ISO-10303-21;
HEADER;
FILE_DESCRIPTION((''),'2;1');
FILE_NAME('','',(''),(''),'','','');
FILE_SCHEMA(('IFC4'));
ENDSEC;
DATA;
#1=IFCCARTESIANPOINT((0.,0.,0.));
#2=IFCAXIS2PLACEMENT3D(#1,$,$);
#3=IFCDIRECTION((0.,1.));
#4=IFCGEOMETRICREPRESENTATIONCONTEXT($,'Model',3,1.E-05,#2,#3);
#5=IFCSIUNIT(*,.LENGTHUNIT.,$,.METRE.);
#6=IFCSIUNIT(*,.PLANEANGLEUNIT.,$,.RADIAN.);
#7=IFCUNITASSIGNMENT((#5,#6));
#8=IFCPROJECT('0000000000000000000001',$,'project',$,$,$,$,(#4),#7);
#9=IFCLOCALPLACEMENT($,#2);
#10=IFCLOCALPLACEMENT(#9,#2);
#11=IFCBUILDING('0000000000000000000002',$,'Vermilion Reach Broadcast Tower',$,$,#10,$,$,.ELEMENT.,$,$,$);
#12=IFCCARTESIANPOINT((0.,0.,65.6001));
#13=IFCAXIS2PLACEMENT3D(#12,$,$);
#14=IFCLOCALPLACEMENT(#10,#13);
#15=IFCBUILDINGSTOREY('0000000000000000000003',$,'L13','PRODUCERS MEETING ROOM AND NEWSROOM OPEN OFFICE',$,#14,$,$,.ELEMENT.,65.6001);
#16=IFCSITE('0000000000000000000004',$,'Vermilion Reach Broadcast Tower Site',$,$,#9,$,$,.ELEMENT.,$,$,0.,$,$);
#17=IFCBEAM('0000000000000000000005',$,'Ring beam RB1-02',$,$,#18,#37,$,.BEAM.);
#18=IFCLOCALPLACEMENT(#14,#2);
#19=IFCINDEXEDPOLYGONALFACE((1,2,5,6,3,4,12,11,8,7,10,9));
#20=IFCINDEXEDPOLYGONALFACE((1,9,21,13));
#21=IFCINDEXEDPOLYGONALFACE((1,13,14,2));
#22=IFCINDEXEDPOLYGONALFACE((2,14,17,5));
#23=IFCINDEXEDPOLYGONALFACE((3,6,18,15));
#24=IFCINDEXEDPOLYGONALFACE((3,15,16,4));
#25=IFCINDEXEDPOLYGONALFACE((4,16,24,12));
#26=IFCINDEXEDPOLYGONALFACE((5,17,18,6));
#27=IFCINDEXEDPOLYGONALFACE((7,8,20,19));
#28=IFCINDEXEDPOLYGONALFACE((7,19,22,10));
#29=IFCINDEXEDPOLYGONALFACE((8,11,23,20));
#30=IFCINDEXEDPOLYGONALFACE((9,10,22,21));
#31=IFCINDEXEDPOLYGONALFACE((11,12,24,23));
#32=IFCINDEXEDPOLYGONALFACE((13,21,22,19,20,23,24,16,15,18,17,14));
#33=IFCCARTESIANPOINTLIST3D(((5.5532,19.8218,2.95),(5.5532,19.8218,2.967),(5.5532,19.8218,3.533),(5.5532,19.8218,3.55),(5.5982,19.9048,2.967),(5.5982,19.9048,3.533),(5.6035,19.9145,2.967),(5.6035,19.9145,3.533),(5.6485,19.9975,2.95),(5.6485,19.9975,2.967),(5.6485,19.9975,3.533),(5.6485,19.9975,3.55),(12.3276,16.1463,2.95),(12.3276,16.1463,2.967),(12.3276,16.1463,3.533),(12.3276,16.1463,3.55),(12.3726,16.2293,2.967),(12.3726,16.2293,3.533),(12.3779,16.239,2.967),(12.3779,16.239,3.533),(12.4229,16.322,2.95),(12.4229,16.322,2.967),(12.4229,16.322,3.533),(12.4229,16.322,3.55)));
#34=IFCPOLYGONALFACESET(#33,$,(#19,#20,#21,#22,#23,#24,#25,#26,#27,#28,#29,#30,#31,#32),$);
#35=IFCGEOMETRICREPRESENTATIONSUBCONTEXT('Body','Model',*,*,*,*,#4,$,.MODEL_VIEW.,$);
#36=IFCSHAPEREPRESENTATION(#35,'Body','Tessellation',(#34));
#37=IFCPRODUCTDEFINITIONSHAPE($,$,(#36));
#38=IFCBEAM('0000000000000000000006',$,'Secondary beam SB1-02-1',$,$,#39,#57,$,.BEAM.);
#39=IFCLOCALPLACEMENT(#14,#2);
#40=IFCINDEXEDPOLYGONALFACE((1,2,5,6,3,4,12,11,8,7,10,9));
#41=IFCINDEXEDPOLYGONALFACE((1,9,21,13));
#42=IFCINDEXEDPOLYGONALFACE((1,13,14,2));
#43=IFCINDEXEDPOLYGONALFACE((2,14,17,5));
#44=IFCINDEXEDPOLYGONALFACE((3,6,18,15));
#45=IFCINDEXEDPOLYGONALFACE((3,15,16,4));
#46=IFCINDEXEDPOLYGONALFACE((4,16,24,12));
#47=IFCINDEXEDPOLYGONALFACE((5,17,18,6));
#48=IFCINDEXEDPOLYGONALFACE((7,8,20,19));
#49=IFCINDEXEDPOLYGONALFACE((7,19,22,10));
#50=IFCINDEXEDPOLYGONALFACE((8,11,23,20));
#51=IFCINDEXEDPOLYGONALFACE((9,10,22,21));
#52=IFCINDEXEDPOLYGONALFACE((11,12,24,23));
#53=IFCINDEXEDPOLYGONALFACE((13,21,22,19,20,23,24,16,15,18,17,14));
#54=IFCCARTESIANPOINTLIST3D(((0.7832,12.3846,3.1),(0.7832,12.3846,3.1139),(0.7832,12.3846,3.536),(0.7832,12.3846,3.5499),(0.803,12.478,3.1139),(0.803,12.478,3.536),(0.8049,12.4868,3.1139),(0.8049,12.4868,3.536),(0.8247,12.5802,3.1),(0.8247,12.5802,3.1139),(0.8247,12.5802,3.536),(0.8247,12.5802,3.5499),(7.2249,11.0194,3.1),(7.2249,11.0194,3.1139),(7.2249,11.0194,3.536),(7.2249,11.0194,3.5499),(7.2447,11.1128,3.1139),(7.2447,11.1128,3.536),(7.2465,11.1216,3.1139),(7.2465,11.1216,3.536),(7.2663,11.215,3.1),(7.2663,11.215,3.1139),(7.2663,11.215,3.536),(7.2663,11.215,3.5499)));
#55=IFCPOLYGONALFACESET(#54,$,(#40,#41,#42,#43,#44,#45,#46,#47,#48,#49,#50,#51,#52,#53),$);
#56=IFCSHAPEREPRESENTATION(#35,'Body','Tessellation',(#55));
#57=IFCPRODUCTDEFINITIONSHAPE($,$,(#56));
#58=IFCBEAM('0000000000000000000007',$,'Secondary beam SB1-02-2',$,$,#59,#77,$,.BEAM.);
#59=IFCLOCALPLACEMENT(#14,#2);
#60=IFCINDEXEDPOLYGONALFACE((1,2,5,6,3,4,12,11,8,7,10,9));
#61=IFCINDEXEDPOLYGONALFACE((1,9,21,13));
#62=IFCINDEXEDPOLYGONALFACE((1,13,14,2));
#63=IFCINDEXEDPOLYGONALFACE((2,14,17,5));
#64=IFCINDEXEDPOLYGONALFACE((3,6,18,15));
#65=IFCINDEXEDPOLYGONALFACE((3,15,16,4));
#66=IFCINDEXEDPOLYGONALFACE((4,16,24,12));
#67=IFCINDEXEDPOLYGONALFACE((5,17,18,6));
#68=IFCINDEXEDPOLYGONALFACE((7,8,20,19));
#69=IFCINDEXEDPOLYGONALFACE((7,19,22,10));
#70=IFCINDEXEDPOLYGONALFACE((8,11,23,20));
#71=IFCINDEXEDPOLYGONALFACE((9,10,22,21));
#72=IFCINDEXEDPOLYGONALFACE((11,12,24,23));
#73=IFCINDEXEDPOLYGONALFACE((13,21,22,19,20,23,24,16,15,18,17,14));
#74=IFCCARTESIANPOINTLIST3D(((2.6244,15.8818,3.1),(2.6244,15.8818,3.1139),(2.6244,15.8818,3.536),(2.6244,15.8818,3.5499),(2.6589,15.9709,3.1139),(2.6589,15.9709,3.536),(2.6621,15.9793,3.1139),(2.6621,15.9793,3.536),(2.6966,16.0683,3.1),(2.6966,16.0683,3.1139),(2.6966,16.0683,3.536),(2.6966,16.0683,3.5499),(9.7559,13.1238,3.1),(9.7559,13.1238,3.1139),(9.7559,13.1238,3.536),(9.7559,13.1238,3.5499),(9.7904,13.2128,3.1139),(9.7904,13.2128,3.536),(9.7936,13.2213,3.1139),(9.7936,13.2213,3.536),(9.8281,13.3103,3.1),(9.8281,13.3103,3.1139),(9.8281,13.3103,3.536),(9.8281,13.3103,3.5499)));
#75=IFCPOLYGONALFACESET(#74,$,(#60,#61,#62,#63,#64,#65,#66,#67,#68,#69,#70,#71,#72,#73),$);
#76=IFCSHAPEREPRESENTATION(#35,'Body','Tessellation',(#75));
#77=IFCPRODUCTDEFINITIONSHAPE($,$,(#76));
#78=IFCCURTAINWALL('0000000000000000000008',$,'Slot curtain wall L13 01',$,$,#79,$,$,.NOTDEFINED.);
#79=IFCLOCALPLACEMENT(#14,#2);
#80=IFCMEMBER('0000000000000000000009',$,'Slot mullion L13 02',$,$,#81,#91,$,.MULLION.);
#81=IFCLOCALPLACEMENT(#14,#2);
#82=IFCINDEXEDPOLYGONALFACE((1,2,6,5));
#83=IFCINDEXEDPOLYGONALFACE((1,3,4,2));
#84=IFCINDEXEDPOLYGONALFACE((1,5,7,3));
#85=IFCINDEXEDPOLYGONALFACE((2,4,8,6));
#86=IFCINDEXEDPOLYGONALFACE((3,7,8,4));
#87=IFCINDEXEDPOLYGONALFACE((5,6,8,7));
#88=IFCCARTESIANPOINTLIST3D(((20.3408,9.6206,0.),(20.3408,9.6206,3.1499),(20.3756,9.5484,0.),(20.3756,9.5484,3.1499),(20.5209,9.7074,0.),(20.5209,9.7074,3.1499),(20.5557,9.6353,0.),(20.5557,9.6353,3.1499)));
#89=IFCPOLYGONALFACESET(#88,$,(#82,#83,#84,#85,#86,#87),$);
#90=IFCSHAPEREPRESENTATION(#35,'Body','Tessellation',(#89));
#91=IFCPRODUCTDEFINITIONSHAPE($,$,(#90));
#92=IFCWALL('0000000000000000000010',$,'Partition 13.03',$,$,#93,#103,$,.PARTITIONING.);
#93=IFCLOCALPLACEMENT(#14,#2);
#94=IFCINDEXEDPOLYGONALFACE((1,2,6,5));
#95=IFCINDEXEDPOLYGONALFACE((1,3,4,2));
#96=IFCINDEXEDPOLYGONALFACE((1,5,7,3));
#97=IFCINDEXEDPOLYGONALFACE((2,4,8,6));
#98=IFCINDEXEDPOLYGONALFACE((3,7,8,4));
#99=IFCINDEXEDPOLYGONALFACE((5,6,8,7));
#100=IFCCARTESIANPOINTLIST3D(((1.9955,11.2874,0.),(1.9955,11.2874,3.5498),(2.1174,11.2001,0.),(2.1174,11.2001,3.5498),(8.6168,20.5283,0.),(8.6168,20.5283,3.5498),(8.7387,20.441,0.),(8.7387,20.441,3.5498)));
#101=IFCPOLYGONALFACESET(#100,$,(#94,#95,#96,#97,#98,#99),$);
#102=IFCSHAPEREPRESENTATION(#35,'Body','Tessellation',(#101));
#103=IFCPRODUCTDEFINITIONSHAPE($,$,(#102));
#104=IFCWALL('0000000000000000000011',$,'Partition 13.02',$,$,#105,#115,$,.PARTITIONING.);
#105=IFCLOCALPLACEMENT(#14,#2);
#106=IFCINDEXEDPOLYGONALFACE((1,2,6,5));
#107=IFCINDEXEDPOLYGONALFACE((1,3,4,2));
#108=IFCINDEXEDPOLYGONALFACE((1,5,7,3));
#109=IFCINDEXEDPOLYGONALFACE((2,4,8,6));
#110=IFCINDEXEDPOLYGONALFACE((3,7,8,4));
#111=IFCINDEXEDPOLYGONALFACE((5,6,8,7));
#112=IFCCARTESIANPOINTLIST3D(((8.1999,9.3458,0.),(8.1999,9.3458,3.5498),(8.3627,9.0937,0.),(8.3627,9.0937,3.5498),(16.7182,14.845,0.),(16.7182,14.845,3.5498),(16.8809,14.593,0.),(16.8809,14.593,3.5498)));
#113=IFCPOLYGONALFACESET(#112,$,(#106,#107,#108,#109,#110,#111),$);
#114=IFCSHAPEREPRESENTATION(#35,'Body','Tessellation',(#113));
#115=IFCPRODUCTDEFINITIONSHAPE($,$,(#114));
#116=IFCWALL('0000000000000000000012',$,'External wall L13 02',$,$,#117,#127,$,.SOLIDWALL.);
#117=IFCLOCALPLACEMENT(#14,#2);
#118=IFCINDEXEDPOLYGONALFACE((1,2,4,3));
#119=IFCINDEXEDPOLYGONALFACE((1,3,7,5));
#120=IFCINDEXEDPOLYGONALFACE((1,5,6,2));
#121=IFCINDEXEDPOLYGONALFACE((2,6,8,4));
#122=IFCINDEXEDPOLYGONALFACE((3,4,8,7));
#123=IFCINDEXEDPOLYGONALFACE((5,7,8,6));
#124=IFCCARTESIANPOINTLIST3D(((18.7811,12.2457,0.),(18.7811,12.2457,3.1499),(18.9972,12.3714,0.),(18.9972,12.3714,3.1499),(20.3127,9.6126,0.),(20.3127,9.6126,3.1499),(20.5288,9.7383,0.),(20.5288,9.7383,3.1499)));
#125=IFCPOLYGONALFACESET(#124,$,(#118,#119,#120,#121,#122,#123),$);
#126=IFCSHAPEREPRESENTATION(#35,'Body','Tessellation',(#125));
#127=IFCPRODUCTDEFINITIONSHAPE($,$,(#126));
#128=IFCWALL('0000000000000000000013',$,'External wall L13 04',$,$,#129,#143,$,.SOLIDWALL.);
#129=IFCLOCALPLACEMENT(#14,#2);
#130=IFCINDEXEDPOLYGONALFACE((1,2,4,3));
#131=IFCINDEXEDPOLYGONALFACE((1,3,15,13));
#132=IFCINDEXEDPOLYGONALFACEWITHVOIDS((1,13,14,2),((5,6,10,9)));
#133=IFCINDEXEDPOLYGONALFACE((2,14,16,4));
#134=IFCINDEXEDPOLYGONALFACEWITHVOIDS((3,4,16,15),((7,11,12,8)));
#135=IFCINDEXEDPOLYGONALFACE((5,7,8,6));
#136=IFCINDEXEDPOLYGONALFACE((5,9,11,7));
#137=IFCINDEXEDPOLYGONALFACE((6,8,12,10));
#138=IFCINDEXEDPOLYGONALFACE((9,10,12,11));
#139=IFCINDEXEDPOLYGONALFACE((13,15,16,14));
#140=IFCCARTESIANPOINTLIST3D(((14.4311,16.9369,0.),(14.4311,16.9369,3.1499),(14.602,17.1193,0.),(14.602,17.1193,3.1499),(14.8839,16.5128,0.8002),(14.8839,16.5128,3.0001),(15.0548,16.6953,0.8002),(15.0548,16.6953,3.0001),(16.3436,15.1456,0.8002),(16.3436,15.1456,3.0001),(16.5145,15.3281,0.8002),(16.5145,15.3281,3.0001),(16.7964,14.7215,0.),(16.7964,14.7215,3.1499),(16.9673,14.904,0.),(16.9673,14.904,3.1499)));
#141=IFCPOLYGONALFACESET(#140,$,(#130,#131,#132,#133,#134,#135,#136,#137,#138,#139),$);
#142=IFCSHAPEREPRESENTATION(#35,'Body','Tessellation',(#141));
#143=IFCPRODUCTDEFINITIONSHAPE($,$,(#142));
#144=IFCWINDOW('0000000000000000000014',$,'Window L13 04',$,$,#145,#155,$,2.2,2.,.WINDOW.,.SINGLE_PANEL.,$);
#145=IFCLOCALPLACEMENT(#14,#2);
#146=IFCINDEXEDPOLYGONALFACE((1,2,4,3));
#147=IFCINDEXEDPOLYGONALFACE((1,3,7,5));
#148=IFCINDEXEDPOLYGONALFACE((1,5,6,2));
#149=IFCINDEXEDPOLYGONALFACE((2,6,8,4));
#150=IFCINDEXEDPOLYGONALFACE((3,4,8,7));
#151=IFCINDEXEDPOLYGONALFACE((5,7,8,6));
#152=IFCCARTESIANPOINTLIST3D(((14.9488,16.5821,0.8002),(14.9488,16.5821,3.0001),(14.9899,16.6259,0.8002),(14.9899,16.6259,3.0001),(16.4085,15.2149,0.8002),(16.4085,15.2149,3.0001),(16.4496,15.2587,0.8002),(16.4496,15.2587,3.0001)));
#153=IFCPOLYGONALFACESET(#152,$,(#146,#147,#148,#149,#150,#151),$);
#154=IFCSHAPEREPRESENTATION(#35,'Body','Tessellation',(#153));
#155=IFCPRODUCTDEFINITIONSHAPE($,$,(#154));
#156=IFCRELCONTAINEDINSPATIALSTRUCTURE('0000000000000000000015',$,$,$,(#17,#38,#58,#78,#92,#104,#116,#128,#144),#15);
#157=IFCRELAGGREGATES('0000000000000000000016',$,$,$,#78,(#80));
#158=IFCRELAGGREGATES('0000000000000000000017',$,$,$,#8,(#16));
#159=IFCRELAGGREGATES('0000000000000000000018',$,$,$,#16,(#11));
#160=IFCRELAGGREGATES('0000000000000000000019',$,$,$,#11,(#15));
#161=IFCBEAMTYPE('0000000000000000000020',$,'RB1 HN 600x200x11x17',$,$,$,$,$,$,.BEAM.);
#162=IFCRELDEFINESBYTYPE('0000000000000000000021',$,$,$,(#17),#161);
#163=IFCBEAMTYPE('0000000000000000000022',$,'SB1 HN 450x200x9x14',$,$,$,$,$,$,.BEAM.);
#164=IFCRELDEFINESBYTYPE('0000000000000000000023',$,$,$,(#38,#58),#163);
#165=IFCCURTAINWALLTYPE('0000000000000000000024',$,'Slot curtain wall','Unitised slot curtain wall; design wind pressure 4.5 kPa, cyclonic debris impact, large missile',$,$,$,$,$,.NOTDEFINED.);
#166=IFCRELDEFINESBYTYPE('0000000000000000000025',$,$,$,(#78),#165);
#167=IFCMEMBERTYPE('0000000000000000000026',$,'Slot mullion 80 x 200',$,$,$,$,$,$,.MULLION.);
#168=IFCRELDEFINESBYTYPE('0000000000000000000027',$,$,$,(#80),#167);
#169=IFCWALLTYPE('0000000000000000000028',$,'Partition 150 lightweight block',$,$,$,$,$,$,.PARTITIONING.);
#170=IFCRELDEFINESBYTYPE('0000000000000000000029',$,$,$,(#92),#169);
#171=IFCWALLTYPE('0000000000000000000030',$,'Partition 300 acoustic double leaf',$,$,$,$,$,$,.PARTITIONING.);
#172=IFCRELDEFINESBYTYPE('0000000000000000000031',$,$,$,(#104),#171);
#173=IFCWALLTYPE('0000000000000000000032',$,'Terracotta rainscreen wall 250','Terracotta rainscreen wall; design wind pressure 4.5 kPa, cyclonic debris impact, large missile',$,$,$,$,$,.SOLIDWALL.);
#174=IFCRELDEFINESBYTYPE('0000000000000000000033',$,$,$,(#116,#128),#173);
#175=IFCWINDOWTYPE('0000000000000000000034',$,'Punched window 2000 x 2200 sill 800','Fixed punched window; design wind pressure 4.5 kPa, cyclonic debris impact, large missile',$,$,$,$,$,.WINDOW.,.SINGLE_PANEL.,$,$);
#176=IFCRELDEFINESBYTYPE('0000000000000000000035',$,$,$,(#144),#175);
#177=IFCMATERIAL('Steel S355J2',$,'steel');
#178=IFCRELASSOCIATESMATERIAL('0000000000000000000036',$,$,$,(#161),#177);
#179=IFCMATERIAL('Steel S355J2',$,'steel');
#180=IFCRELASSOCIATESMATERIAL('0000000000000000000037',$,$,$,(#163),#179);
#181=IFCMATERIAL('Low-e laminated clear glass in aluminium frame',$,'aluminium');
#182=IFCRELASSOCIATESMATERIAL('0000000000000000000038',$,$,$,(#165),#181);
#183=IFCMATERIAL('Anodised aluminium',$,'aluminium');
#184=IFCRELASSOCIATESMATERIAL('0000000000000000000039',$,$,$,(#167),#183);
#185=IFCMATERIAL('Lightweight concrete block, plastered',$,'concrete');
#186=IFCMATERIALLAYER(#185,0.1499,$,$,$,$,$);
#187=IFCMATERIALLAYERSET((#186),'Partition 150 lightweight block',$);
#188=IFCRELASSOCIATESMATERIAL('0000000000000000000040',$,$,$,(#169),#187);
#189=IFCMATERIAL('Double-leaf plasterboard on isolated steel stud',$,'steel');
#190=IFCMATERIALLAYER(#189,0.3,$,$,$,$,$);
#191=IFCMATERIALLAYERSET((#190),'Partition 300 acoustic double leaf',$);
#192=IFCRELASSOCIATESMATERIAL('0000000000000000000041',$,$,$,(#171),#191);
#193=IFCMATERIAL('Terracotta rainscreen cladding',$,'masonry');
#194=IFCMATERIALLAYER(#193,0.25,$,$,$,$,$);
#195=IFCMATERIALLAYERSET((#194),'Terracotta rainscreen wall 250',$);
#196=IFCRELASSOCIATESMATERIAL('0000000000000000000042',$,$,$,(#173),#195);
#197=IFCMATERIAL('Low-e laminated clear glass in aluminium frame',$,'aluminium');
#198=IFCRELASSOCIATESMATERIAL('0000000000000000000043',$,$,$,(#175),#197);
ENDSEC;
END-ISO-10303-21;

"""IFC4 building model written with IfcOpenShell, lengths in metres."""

from ifc_helpers import new_model, si_unit, direction, frame, frame_2d, origin, origin_2d, place, context, subcontext, project, spatial, rectangle, i_section, extrude, material, layer, layer_set, material_profile, profile_set, type_object, element, fill, aggregate, save


model = new_model("IFC4")

# Units and contexts
model_context = context("Model", 3, precision=1e-05, world=origin(), true_north=direction((0.0, 1.0)))
body_context = subcontext(model_context, "Body", "Model", "MODEL_VIEW")
ifc_project = project(units=[si_unit("LENGTHUNIT", "METRE"), si_unit("PLANEANGLEUNIT", "RADIAN")], contexts=[model_context])

# Site, building, storey
site_placement = place(None, origin())
site = spatial("IfcSite", under=ifc_project, at=site_placement, Name="Vermilion Reach Broadcast Tower Site", CompositionType="ELEMENT", RefElevation=0.0)
building_placement = place(site_placement, origin())
building = spatial("IfcBuilding", under=site, at=building_placement, Name="Vermilion Reach Broadcast Tower", CompositionType="ELEMENT")
storey_placement = place(building_placement, frame((0.0, 0.0, 65.6001)))
storey = spatial("IfcBuildingStorey", under=building, at=storey_placement, Name="L13", Description="PRODUCERS MEETING ROOM AND NEWSROOM OPEN OFFICE", CompositionType="ELEMENT", Elevation=65.6001)

# Beams
ifc_material_1 = material(Name="Steel S355J2", Category="steel")
ifc_material_profile_1 = material_profile(ifc_material_1, i_section(OverallWidth=0.2, OverallDepth=0.6001, WebThickness=0.011, FlangeThickness=0.0171, at=origin_2d()), Name="S355J2 HN 600x200x11x17")
ifc_profile_set_1 = profile_set([ifc_material_profile_1], Name="Steel S355J2")
beam_type_1 = type_object("IfcBeamType", Name="RB1 HN 600x200x11x17", PredefinedType="BEAM", material=ifc_profile_set_1)
beam_1_placement = place(storey_placement, frame((12.3752, 16.2341, 3.25), z_axis=(-0.878962, 0.476891, 0.0), x_axis=(-0.476891, -0.878962, 0.0)))
element("IfcBeam", 1, at=beam_1_placement, inside=storey, type_object=beam_type_1, Name="Ring beam RB1-02", PredefinedType="BEAM", context=body_context, shape_type="SweptSolid", body=[
    extrude(i_section(OverallWidth=0.2, OverallDepth=0.6001, WebThickness=0.011, FlangeThickness=0.0171, at=origin_2d()), origin(), (0.0, 0.0, 1.0), 7.7073),
])
ifc_material_2 = material(Name="Steel S355J2", Category="steel")
ifc_material_profile_2 = material_profile(ifc_material_2, i_section(OverallWidth=0.2, OverallDepth=0.45, WebThickness=0.009, FlangeThickness=0.0139, at=origin_2d()), Name="S355J2 HN 450x200x9x14")
ifc_profile_set_2 = profile_set([ifc_material_profile_2], Name="Steel S355J2")
beam_type_2 = type_object("IfcBeamType", Name="SB1 HN 450x200x9x14", PredefinedType="BEAM", material=ifc_profile_set_2)
beam_2_placement = place(storey_placement, frame((7.2456, 11.1172, 3.325), z_axis=(-0.97827, 0.207333, 0.0), x_axis=(-0.207333, -0.97827, 0.0)))
element("IfcBeam", 2, at=beam_2_placement, inside=storey, type_object=beam_type_2, Name="Secondary beam SB1-02-1", PredefinedType="BEAM", context=body_context, shape_type="SweptSolid", body=[
    extrude(i_section(OverallWidth=0.2, OverallDepth=0.45, WebThickness=0.009, FlangeThickness=0.0139, at=origin_2d()), origin(), (0.0, 0.0, 1.0), 6.5847),
])
beam_3_placement = place(storey_placement, frame((9.792, 13.217, 3.325), z_axis=(-0.932681, 0.360703, 0.0), x_axis=(-0.360703, -0.932681, 0.0)))
element("IfcBeam", 3, at=beam_3_placement, inside=storey, type_object=beam_type_2, Name="Secondary beam SB1-02-2", PredefinedType="BEAM", context=body_context, shape_type="SweptSolid", body=[
    extrude(i_section(OverallWidth=0.2, OverallDepth=0.45, WebThickness=0.009, FlangeThickness=0.0139, at=origin_2d()), origin(), (0.0, 0.0, 1.0), 7.6462),
])

# Curtain wall, member
ifc_material_3 = material(Name="Low-e laminated clear glass in aluminium frame", Category="aluminium")
curtain_wall_type = type_object("IfcCurtainWallType", Name="Slot curtain wall", Description="Unitised slot curtain wall; design wind pressure 4.5 kPa, cyclonic debris impact, large missile", PredefinedType="NOTDEFINED", material=ifc_material_3)
curtain_wall_placement = place(storey_placement, origin())
curtain_wall = element("IfcCurtainWall", 4, at=curtain_wall_placement, inside=storey, type_object=curtain_wall_type, Name="Slot curtain wall L13 01", PredefinedType="NOTDEFINED")
ifc_material_4 = material(Name="Anodised aluminium", Category="aluminium")
ifc_material_profile_3 = material_profile(ifc_material_4, rectangle(XDim=0.2, YDim=0.0801, at=origin_2d()), Name="Slot mullion 80 x 200")
ifc_profile_set_3 = profile_set([ifc_material_profile_3], Name="Anodised aluminium")
member_type = type_object("IfcMemberType", Name="Slot mullion 80 x 200", PredefinedType="MULLION", material=ifc_profile_set_3)
member_placement = place(storey_placement, frame((20.4482, 9.6279, 0.0), z_axis=(0.0, 0.0, 1.0), x_axis=(-0.900672, -0.434499, 0.0)))
member = element("IfcMember", 5, at=member_placement, type_object=member_type, Name="Slot mullion L13 02", PredefinedType="MULLION", context=body_context, shape_type="SweptSolid", body=[
    extrude(rectangle(XDim=0.2, YDim=0.0801, at=origin_2d()), origin(), (0.0, 0.0, 1.0), 3.1499),
])
aggregate(curtain_wall, [member])

# Walls
ifc_material_5 = material(Name="Lightweight concrete block, plastered", Category="concrete")
ifc_layer_1 = layer(ifc_material_5, 0.1499)
ifc_layer_set_1 = layer_set([ifc_layer_1], Name="Partition 150 lightweight block")
wall_type_1 = type_object("IfcWallType", Name="Partition 150 lightweight block", PredefinedType="PARTITIONING", material=ifc_layer_set_1)
wall_1_placement = place(storey_placement, frame((8.6777, 20.4846, 0.0), z_axis=(0.0, 0.0, 1.0), x_axis=(-0.58244, -0.812874, 0.0)))
element("IfcWall", 6, at=wall_1_placement, inside=storey, type_object=wall_type_1, Name="Partition 13.03", PredefinedType="PARTITIONING", context=body_context, shape_type="SweptSolid", body=[
    extrude(rectangle(XDim=11.3682, YDim=0.1499, at=frame_2d((5.6841, 0.0))), origin(), (0.0, 0.0, 1.0), 3.5498),
])
ifc_material_6 = material(Name="Double-leaf plasterboard on isolated steel stud", Category="steel")
ifc_layer_2 = layer(ifc_material_6, 0.3)
ifc_layer_set_2 = layer_set([ifc_layer_2], Name="Partition 300 acoustic double leaf")
wall_type_2 = type_object("IfcWallType", Name="Partition 300 acoustic double leaf", PredefinedType="PARTITIONING", material=ifc_layer_set_2)
wall_2_placement = place(storey_placement, frame((16.7996, 14.719, 0.0), z_axis=(0.0, 0.0, 1.0), x_axis=(-0.840136, -0.542376, 0.0)))
element("IfcWall", 7, at=wall_2_placement, inside=storey, type_object=wall_type_2, Name="Partition 13.02", PredefinedType="PARTITIONING", context=body_context, shape_type="SweptSolid", body=[
    extrude(rectangle(XDim=10.1392, YDim=0.3, at=frame_2d((5.0696, 0.0))), origin(), (0.0, 0.0, 1.0), 3.5498),
])
ifc_material_7 = material(Name="Terracotta rainscreen cladding", Category="masonry")
ifc_layer_3 = layer(ifc_material_7, 0.25)
ifc_layer_set_3 = layer_set([ifc_layer_3], Name="Terracotta rainscreen wall 250")
wall_type_3 = type_object("IfcWallType", Name="Terracotta rainscreen wall 250", Description="Terracotta rainscreen wall; design wind pressure 4.5 kPa, cyclonic debris impact, large missile", PredefinedType="SOLIDWALL", material=ifc_layer_set_3)
wall_3_placement = place(storey_placement, frame((20.4207, 9.6755, 0.0), z_axis=(0.0, 0.0, 1.0), x_axis=(-0.502779, 0.864415, 0.0)))
element("IfcWall", 8, at=wall_3_placement, inside=storey, type_object=wall_type_3, Name="External wall L13 02", PredefinedType="SOLIDWALL", context=body_context, shape_type="SweptSolid", body=[
    extrude(rectangle(XDim=3.0461, YDim=0.25, at=frame_2d((1.5229, 0.0))), origin(), (0.0, 0.0, 1.0), 3.1499),
])

# Wall, opening, window
wall_4_placement = place(storey_placement, frame((16.8818, 14.8127, 0.0), z_axis=(0.0, 0.0, 1.0), x_axis=(-0.729857, 0.6836, 0.0)))
wall_4 = element("IfcWall", 9, at=wall_4_placement, inside=storey, type_object=wall_type_3, Name="External wall L13 04", PredefinedType="SOLIDWALL", context=body_context, shape_type="SweptSolid", body=[
    extrude(rectangle(XDim=3.2407, YDim=0.25, at=frame_2d((1.6204, 0.0))), origin(), (0.0, 0.0, 1.0), 3.1499),
])
opening_1_placement = place(wall_4_placement, frame((0.6204, 0.0, 0.8)))
opening_1 = element("IfcOpeningElement", 10, at=opening_1_placement, cuts=wall_4, PredefinedType="OPENING", context=body_context, shape_type="SweptSolid", body=[
    extrude(rectangle(XDim=2.0, YDim=2.2, at=frame_2d((1.0, 1.1001))), frame((0.0, 0.135, 0.0), z_axis=(0.0, -1.0, 0.0), x_axis=(1.0, 0.0, 0.0)), (0.0, 0.0, 1.0), 0.27),
])
ifc_material_8 = material(Name="Low-e laminated clear glass in aluminium frame", Category="aluminium")
window_type = type_object("IfcWindowType", Name="Punched window 2000 x 2200 sill 800", Description="Fixed punched window; design wind pressure 4.5 kPa, cyclonic debris impact, large missile", PartitioningType="SINGLE_PANEL", PredefinedType="WINDOW", material=ifc_material_8)
window_1_placement = place(opening_1_placement, origin())
window_1 = element("IfcWindow", 11, at=window_1_placement, inside=storey, type_object=window_type, Name="Window L13 04", OverallHeight=2.2, OverallWidth=2.0, PartitioningType="SINGLE_PANEL", PredefinedType="WINDOW", context=body_context, shape_type="SweptSolid", body=[
    extrude(rectangle(XDim=2.0, YDim=2.2, at=frame_2d((1.0, 1.1001))), frame((0.0, 0.03, 0.0), z_axis=(0.0, -1.0, 0.0), x_axis=(1.0, 0.0, 0.0)), (0.0, 0.0, 1.0), 0.0601),
])
fill(opening_1, window_1)

save(model, "model.ifc")
